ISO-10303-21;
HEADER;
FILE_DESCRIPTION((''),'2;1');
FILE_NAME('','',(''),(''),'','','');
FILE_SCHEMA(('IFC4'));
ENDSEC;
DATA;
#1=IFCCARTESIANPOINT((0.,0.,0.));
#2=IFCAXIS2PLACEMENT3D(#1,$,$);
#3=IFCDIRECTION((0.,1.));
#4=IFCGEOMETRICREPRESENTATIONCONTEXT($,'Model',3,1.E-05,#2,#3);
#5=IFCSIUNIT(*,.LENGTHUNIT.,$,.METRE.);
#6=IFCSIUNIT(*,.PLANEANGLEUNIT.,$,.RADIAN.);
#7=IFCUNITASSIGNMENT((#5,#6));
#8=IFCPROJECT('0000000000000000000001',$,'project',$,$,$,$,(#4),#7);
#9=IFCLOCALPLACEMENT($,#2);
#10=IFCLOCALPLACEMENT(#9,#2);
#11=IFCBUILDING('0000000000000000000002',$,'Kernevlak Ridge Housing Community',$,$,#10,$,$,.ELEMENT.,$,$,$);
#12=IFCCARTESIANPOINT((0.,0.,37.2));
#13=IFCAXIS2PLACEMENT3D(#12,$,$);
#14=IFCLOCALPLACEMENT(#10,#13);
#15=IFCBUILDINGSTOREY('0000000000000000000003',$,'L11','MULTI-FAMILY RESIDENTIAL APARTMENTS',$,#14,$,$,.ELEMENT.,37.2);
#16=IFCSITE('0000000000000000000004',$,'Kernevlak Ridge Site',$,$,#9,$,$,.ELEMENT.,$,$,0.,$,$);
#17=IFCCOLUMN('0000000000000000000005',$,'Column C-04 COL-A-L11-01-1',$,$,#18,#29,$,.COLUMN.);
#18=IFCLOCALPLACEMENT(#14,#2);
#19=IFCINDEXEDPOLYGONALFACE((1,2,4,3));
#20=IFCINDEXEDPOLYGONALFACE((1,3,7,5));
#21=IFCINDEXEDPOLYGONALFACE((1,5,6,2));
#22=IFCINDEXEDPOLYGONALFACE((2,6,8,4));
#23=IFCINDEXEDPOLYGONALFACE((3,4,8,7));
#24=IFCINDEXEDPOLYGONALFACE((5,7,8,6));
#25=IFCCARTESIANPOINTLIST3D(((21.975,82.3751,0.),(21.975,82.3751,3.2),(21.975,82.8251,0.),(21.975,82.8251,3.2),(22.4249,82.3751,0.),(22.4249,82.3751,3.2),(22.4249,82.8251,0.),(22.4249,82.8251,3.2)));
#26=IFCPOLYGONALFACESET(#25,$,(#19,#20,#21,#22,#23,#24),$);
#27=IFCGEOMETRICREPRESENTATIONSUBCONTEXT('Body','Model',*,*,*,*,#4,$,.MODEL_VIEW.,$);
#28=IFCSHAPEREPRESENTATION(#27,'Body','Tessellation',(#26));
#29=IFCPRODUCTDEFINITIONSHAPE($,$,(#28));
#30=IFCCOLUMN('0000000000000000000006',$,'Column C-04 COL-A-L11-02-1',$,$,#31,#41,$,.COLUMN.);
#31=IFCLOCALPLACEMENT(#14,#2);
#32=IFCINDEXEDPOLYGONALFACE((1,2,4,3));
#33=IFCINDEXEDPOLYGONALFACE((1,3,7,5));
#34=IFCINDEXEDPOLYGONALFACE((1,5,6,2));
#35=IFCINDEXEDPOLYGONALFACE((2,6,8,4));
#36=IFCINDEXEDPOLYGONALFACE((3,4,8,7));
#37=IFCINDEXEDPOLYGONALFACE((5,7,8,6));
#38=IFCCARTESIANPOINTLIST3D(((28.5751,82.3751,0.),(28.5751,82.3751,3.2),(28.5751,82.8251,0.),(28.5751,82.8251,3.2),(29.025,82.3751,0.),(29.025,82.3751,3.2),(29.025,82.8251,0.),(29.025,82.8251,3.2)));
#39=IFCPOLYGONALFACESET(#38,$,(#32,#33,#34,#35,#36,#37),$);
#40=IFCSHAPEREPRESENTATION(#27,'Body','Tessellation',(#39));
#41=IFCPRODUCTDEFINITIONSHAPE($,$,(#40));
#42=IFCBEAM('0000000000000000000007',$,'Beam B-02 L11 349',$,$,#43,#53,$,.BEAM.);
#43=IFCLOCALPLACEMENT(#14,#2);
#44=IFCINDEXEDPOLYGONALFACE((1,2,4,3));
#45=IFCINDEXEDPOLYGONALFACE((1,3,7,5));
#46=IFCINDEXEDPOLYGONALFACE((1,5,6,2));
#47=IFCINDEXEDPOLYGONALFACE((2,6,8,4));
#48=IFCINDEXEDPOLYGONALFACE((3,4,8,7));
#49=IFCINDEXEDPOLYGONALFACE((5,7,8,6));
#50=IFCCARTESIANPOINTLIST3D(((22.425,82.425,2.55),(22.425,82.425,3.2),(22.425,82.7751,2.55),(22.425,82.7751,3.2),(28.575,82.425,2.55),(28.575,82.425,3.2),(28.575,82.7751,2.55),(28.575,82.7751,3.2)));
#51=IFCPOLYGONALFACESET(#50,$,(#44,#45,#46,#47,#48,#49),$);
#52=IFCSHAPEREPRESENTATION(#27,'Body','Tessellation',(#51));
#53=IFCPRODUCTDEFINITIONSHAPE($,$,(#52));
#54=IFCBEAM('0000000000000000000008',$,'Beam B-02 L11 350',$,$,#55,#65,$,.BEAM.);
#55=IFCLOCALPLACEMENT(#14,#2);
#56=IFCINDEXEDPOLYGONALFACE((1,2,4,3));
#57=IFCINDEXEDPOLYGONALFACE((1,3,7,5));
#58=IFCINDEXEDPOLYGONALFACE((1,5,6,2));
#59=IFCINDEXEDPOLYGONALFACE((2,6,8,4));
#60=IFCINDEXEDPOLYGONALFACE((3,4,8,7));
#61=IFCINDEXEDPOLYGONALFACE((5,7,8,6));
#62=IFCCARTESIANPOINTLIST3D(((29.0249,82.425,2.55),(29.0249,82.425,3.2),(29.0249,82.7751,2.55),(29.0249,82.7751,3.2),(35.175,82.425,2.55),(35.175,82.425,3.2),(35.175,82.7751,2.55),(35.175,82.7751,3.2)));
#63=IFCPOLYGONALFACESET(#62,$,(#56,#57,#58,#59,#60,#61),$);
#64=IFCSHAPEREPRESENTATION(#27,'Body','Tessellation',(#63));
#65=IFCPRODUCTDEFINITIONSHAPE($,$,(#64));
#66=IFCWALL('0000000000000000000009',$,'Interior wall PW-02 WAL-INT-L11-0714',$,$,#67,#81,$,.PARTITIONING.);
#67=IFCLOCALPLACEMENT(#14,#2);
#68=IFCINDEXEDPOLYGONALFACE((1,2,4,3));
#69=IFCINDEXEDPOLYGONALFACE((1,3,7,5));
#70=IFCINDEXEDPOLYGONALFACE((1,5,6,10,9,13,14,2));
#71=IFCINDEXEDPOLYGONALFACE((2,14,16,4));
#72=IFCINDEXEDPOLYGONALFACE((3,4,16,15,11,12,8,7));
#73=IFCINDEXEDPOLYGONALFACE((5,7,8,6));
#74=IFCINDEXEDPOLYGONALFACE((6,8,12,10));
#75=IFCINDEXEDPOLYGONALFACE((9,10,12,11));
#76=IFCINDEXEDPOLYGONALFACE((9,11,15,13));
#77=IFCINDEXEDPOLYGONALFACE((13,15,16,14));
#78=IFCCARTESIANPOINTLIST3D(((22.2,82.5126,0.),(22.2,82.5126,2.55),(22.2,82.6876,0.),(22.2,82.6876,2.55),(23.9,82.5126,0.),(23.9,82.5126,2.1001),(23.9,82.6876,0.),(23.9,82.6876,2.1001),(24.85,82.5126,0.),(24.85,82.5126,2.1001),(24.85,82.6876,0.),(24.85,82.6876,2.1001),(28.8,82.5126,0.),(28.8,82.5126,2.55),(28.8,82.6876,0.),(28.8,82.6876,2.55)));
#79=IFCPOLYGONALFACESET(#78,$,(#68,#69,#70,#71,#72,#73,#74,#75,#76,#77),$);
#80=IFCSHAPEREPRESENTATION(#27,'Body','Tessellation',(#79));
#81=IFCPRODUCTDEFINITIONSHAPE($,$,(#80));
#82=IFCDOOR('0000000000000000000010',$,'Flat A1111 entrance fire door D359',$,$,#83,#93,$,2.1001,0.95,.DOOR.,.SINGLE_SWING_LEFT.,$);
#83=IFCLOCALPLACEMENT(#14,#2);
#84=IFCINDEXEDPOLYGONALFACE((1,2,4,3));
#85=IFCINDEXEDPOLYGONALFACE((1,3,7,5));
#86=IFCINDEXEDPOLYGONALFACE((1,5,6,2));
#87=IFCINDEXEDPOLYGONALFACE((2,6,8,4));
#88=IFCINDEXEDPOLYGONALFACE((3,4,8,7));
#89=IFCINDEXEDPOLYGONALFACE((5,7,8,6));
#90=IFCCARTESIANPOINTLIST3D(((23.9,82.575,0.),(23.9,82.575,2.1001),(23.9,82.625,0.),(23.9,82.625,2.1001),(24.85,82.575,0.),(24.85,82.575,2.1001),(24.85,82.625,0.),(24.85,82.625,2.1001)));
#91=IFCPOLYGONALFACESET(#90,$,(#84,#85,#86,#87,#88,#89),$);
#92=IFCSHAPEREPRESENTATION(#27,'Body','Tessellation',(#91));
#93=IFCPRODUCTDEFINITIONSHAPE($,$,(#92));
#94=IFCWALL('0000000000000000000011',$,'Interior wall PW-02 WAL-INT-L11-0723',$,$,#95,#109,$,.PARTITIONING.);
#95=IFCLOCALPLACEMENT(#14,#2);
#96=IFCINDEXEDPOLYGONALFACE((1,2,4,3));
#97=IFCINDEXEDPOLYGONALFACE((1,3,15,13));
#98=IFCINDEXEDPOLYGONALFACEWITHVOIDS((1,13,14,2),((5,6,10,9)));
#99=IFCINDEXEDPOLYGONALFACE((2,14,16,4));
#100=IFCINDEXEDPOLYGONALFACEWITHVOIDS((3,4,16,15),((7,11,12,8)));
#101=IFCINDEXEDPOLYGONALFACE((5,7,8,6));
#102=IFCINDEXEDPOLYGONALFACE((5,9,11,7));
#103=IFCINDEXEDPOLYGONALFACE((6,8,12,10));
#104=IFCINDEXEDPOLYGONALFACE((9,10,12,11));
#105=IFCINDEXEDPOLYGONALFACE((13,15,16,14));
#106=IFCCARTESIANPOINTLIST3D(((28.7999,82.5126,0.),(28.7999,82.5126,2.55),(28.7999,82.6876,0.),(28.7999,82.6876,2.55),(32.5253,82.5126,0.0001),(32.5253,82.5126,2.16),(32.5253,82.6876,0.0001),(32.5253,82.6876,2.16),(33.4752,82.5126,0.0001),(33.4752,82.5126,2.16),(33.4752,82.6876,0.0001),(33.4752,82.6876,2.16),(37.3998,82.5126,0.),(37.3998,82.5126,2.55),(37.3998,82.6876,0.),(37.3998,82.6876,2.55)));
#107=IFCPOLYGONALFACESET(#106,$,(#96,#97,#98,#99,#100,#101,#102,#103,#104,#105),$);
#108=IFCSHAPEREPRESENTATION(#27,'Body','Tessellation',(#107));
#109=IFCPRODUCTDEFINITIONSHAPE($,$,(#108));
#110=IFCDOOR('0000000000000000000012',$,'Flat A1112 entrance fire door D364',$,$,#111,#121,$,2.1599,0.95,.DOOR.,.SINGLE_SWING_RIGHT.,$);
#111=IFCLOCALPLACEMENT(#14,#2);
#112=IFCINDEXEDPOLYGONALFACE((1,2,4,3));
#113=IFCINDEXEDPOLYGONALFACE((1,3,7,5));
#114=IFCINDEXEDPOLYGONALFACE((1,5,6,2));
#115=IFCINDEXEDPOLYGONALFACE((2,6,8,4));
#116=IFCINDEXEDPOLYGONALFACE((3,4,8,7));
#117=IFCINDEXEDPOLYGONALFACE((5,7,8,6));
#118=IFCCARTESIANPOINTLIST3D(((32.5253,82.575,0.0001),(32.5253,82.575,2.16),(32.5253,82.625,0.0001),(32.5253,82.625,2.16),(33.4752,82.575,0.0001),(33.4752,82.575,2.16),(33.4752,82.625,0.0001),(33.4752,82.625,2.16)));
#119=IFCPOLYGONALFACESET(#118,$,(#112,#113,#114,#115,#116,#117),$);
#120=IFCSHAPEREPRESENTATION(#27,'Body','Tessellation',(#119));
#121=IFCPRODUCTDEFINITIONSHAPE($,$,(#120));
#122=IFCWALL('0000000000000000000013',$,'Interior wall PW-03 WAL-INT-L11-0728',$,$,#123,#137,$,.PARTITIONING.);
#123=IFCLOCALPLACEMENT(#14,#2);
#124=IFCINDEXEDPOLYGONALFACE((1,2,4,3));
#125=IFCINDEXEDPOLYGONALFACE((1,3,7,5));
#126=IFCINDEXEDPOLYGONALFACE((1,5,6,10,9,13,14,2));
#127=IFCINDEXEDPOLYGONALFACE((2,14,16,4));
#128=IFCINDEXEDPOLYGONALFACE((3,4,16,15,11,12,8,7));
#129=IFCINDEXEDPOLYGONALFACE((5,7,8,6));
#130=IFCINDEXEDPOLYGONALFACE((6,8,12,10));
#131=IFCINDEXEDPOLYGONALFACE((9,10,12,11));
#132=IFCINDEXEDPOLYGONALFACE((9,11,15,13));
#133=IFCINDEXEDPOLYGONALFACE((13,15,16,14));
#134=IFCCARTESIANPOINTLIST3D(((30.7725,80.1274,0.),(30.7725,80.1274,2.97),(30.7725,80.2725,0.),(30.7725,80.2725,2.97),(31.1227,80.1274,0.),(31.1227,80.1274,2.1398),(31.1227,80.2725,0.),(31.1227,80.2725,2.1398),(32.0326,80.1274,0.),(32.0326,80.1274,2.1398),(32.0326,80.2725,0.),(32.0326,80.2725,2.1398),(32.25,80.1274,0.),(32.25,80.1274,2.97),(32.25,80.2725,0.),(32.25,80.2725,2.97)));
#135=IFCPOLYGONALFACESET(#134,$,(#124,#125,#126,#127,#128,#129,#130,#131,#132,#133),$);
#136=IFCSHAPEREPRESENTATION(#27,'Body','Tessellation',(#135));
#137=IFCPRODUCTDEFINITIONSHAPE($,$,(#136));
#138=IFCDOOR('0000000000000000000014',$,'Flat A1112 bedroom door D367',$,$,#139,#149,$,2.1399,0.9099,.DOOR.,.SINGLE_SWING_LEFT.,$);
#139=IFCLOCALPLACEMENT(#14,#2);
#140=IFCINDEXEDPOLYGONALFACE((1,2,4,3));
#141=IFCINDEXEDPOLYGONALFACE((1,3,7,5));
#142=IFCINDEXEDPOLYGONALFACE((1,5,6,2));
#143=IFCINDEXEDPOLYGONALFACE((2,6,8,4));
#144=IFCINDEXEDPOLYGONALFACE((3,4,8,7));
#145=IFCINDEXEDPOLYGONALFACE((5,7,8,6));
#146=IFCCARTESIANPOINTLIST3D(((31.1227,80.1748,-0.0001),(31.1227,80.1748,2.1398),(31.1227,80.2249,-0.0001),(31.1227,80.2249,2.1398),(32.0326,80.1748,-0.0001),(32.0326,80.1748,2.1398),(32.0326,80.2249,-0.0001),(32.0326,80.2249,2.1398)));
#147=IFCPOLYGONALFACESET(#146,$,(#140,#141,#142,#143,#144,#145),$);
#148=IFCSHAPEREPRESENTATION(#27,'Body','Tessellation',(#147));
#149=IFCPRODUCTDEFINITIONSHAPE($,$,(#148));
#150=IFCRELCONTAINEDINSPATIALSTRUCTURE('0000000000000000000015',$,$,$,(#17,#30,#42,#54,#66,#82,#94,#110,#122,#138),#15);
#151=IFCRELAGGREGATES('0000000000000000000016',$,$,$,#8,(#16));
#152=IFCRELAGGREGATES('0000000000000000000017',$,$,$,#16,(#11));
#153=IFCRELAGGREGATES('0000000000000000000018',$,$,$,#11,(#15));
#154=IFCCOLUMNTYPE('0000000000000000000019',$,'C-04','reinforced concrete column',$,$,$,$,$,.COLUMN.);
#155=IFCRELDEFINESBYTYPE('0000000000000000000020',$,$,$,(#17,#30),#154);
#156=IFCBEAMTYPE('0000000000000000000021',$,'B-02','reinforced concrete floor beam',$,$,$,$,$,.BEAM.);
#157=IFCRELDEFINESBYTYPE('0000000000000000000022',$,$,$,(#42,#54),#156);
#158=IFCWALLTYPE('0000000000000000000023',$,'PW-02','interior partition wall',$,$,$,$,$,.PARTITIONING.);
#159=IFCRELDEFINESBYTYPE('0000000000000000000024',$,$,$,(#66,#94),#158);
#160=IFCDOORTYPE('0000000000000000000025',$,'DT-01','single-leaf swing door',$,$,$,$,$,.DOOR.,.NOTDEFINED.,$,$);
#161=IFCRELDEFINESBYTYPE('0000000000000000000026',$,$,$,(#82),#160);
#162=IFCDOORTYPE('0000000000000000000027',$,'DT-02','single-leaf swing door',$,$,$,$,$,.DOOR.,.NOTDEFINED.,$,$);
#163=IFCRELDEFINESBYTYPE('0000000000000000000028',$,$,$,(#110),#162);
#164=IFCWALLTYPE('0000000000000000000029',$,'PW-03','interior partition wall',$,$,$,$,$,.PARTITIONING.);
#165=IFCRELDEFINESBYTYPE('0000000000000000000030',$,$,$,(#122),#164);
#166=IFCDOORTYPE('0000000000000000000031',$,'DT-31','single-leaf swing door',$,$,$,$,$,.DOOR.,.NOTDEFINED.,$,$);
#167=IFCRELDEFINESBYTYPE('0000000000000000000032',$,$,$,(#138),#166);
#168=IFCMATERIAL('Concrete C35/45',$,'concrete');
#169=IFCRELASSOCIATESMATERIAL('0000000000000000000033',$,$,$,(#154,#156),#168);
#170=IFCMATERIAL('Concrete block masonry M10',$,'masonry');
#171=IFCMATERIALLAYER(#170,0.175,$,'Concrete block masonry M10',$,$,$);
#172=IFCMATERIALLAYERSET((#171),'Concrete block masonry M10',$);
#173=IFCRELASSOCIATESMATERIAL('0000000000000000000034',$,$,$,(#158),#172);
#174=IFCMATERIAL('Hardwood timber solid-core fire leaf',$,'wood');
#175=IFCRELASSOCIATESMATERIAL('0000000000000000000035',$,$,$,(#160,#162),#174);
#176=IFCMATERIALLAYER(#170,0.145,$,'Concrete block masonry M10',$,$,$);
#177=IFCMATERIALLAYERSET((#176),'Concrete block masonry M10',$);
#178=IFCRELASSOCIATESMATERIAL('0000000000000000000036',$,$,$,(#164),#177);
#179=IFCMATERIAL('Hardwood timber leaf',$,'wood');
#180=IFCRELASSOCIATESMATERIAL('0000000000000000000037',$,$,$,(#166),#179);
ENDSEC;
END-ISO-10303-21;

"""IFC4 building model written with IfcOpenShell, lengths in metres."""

from ifc_helpers import new_model, si_unit, direction, frame, frame_2d, origin, origin_2d, place, context, subcontext, project, spatial, rectangle, extrude, material, layer, layer_set, material_profile, profile_set, type_object, element, fill, save


model = new_model("IFC4")

# Units and contexts
model_context = context("Model", 3, precision=1e-05, world=origin(), true_north=direction((0.0, 1.0)))
body_context = subcontext(model_context, "Body", "Model", "MODEL_VIEW")
ifc_project = project(units=[si_unit("LENGTHUNIT", "METRE"), si_unit("PLANEANGLEUNIT", "RADIAN")], contexts=[model_context])

# Site, building, storey
site_placement = place(None, origin())
site = spatial("IfcSite", under=ifc_project, at=site_placement, Name="Kernevlak Ridge Site", CompositionType="ELEMENT", RefElevation=0.0)
building_placement = place(site_placement, origin())
building = spatial("IfcBuilding", under=site, at=building_placement, Name="Kernevlak Ridge Housing Community", CompositionType="ELEMENT")
storey_placement = place(building_placement, frame((0.0, 0.0, 37.2)))
storey = spatial("IfcBuildingStorey", under=building, at=storey_placement, Name="L11", Description="MULTI-FAMILY RESIDENTIAL APARTMENTS", CompositionType="ELEMENT", Elevation=37.2)

# Columns
ifc_material_1 = material(Name="Concrete C35/45", Category="concrete")
ifc_material_profile_1 = material_profile(ifc_material_1, rectangle(XDim=0.45, YDim=0.45, at=origin_2d()), Name="RC 450x450")
ifc_profile_set_1 = profile_set([ifc_material_profile_1], Name="Concrete C35/45")
column_type = type_object("IfcColumnType", Name="C-04", Description="reinforced concrete column", PredefinedType="COLUMN", material=ifc_profile_set_1)
for number, where, z_axis, x_axis, name in (
    (1, (22.2, 82.6001, 0.0), (0.0, 0.0, 1.0), (1.0, 0.0, 0.0), "Column C-04 COL-A-L11-01-1"),
    (2, (28.8, 82.6001, 0.0), (0.0, 0.0, 1.0), (1.0, 0.0, 0.0), "Column C-04 COL-A-L11-02-1"),
):
    element("IfcColumn", number, at=place(storey_placement, frame(where, z_axis=z_axis, x_axis=x_axis)), inside=storey, type_object=column_type, Name=name, PredefinedType="COLUMN", context=body_context, shape_type="SweptSolid", body=[
        extrude(rectangle(XDim=0.45, YDim=0.45, at=origin_2d()), origin(), (0.0, 0.0, 1.0), 3.2),
    ])

# Beams
ifc_material_profile_2 = material_profile(ifc_material_1, rectangle(XDim=0.3501, YDim=0.6499, at=origin_2d()), Name="RC 350x650")
ifc_profile_set_2 = profile_set([ifc_material_profile_2], Name="Concrete C35/45")
beam_type = type_object("IfcBeamType", Name="B-02", Description="reinforced concrete floor beam", PredefinedType="BEAM", material=ifc_profile_set_2)
beam_1_placement = place(storey_placement, frame((22.425, 82.6001, 2.875), z_axis=(1.0, 0.0, 0.0), x_axis=(0.0, 1.0, 0.0)))
element("IfcBeam", 3, at=beam_1_placement, inside=storey, type_object=beam_type, Name="Beam B-02 L11 349", PredefinedType="BEAM", context=body_context, shape_type="SweptSolid", body=[
    extrude(rectangle(XDim=0.3501, YDim=0.6499, at=origin_2d()), origin(), (0.0, 0.0, 1.0), 6.1499),
])
beam_2_placement = place(storey_placement, frame((29.0249, 82.6001, 2.875), z_axis=(1.0, 0.0, 0.0), x_axis=(0.0, 1.0, 0.0)))
element("IfcBeam", 4, at=beam_2_placement, inside=storey, type_object=beam_type, Name="Beam B-02 L11 350", PredefinedType="BEAM", context=body_context, shape_type="SweptSolid", body=[
    extrude(rectangle(XDim=0.3501, YDim=0.6499, at=origin_2d()), origin(), (0.0, 0.0, 1.0), 6.1501),
])

# Walls, openings, doors
ifc_material_2 = material(Name="Concrete block masonry M10", Category="masonry")
ifc_layer_1 = layer(ifc_material_2, 0.175, Name="Concrete block masonry M10")
ifc_layer_set_1 = layer_set([ifc_layer_1], Name="Concrete block masonry M10")
wall_type_1 = type_object("IfcWallType", Name="PW-02", Description="interior partition wall", PredefinedType="PARTITIONING", material=ifc_layer_set_1)
wall_1_placement = place(storey_placement, frame((22.2, 82.6001, 0.0), z_axis=(0.0, 0.0, 1.0), x_axis=(1.0, 0.0, 0.0)))
wall_1 = element("IfcWall", 5, at=wall_1_placement, inside=storey, type_object=wall_type_1, Name="Interior wall PW-02 WAL-INT-L11-0714", PredefinedType="PARTITIONING", context=body_context, shape_type="SweptSolid", body=[
    extrude(rectangle(XDim=6.6001, YDim=0.175, at=frame_2d((3.3, 0.0))), origin(), (0.0, 0.0, 1.0), 2.55),
])
opening_1_placement = place(wall_1_placement, frame((1.7, 0.0, 0.0)))
opening_1 = element("IfcOpeningElement", 6, at=opening_1_placement, cuts=wall_1, PredefinedType="OPENING", context=body_context, shape_type="SweptSolid", body=[
    extrude(rectangle(XDim=0.95, YDim=2.1001, at=frame_2d((0.4751, 1.05))), frame((0.0, 0.0974, 0.0), z_axis=(0.0, -1.0, 0.0), x_axis=(1.0, 0.0, 0.0)), (0.0, 0.0, 1.0), 0.1951),
])
ifc_material_3 = material(Name="Hardwood timber solid-core fire leaf", Category="wood")
door_type_1 = type_object("IfcDoorType", Name="DT-01", Description="single-leaf swing door", OperationType="NOTDEFINED", PredefinedType="DOOR", material=ifc_material_3)
door_1_placement = place(opening_1_placement, origin())
door_1 = element("IfcDoor", 7, at=door_1_placement, inside=storey, type_object=door_type_1, Name="Flat A1111 entrance fire door D359", OperationType="SINGLE_SWING_LEFT", OverallHeight=2.1001, OverallWidth=0.95, PredefinedType="DOOR", context=body_context, shape_type="SweptSolid", body=[
    extrude(rectangle(XDim=0.95, YDim=2.1001, at=frame_2d((0.4751, 1.05))), frame((0.0, 0.0249, 0.0), z_axis=(0.0, -1.0, 0.0), x_axis=(1.0, 0.0, 0.0)), (0.0, 0.0, 1.0), 0.05),
])
fill(opening_1, door_1)
wall_2_placement = place(storey_placement, frame((28.8, 82.6001, 0.0), z_axis=(0.0, 0.0, 1.0), x_axis=(1.0, 0.0, 0.0)))
wall_2 = element("IfcWall", 8, at=wall_2_placement, inside=storey, type_object=wall_type_1, Name="Interior wall PW-02 WAL-INT-L11-0723", PredefinedType="PARTITIONING", context=body_context, shape_type="SweptSolid", body=[
    extrude(rectangle(XDim=8.5999, YDim=0.175, at=frame_2d((4.2998, 0.0))), origin(), (0.0, 0.0, 1.0), 2.55),
])
opening_2_placement = place(wall_2_placement, frame((3.7251, 0.0, 0.0)))
opening_2 = element("IfcOpeningElement", 9, at=opening_2_placement, cuts=wall_2, PredefinedType="OPENING", context=body_context, shape_type="SweptSolid", body=[
    extrude(rectangle(XDim=0.95, YDim=2.1599, at=frame_2d((0.4751, 1.0801))), frame((0.0, 0.0974, 0.0), z_axis=(0.0, -1.0, 0.0), x_axis=(1.0, 0.0, 0.0)), (0.0, 0.0, 1.0), 0.1951),
])
door_type_2 = type_object("IfcDoorType", Name="DT-02", Description="single-leaf swing door", OperationType="NOTDEFINED", PredefinedType="DOOR", material=ifc_material_3)
door_2_placement = place(opening_2_placement, origin())
door_2 = element("IfcDoor", 10, at=door_2_placement, inside=storey, type_object=door_type_2, Name="Flat A1112 entrance fire door D364", OperationType="SINGLE_SWING_RIGHT", OverallHeight=2.1599, OverallWidth=0.95, PredefinedType="DOOR", context=body_context, shape_type="SweptSolid", body=[
    extrude(rectangle(XDim=0.95, YDim=2.1599, at=frame_2d((0.4751, 1.0801))), frame((0.0, 0.0249, 0.0), z_axis=(0.0, -1.0, 0.0), x_axis=(1.0, 0.0, 0.0)), (0.0, 0.0, 1.0), 0.05),
])
fill(opening_2, door_2)
ifc_layer_2 = layer(ifc_material_2, 0.145, Name="Concrete block masonry M10")
ifc_layer_set_2 = layer_set([ifc_layer_2], Name="Concrete block masonry M10")
wall_type_2 = type_object("IfcWallType", Name="PW-03", Description="interior partition wall", PredefinedType="PARTITIONING", material=ifc_layer_set_2)
wall_3_placement = place(storey_placement, frame((30.7725, 80.2, 0.0), z_axis=(0.0, 0.0, 1.0), x_axis=(1.0, 0.0, 0.0)))
wall_3 = element("IfcWall", 11, at=wall_3_placement, inside=storey, type_object=wall_type_2, Name="Interior wall PW-03 WAL-INT-L11-0728", PredefinedType="PARTITIONING", context=body_context, shape_type="SweptSolid", body=[
    extrude(rectangle(XDim=1.4775, YDim=0.145, at=frame_2d((0.7388, 0.0))), origin(), (0.0, 0.0, 1.0), 2.97),
])
opening_3_placement = place(wall_3_placement, frame((0.3501, 0.0, 0.0)))
opening_3 = element("IfcOpeningElement", 12, at=opening_3_placement, cuts=wall_3, PredefinedType="OPENING", context=body_context, shape_type="SweptSolid", body=[
    extrude(rectangle(XDim=0.9099, YDim=2.1399, at=frame_2d((0.4551, 1.0698))), frame((0.0, 0.0825, 0.0), z_axis=(0.0, -1.0, 0.0), x_axis=(1.0, 0.0, 0.0)), (0.0, 0.0, 1.0), 0.165),
])
ifc_material_4 = material(Name="Hardwood timber leaf", Category="wood")
door_type_3 = type_object("IfcDoorType", Name="DT-31", Description="single-leaf swing door", OperationType="NOTDEFINED", PredefinedType="DOOR", material=ifc_material_4)
door_3_placement = place(opening_3_placement, origin())
door_3 = element("IfcDoor", 13, at=door_3_placement, inside=storey, type_object=door_type_3, Name="Flat A1112 bedroom door D367", OperationType="SINGLE_SWING_LEFT", OverallHeight=2.1399, OverallWidth=0.9099, PredefinedType="DOOR", context=body_context, shape_type="SweptSolid", body=[
    extrude(rectangle(XDim=0.9099, YDim=2.1399, at=frame_2d((0.4551, 1.0698))), frame((0.0, 0.0249, 0.0), z_axis=(0.0, -1.0, 0.0), x_axis=(1.0, 0.0, 0.0)), (0.0, 0.0, 1.0), 0.05),
])
fill(opening_3, door_3)

save(model, "model.ifc")
